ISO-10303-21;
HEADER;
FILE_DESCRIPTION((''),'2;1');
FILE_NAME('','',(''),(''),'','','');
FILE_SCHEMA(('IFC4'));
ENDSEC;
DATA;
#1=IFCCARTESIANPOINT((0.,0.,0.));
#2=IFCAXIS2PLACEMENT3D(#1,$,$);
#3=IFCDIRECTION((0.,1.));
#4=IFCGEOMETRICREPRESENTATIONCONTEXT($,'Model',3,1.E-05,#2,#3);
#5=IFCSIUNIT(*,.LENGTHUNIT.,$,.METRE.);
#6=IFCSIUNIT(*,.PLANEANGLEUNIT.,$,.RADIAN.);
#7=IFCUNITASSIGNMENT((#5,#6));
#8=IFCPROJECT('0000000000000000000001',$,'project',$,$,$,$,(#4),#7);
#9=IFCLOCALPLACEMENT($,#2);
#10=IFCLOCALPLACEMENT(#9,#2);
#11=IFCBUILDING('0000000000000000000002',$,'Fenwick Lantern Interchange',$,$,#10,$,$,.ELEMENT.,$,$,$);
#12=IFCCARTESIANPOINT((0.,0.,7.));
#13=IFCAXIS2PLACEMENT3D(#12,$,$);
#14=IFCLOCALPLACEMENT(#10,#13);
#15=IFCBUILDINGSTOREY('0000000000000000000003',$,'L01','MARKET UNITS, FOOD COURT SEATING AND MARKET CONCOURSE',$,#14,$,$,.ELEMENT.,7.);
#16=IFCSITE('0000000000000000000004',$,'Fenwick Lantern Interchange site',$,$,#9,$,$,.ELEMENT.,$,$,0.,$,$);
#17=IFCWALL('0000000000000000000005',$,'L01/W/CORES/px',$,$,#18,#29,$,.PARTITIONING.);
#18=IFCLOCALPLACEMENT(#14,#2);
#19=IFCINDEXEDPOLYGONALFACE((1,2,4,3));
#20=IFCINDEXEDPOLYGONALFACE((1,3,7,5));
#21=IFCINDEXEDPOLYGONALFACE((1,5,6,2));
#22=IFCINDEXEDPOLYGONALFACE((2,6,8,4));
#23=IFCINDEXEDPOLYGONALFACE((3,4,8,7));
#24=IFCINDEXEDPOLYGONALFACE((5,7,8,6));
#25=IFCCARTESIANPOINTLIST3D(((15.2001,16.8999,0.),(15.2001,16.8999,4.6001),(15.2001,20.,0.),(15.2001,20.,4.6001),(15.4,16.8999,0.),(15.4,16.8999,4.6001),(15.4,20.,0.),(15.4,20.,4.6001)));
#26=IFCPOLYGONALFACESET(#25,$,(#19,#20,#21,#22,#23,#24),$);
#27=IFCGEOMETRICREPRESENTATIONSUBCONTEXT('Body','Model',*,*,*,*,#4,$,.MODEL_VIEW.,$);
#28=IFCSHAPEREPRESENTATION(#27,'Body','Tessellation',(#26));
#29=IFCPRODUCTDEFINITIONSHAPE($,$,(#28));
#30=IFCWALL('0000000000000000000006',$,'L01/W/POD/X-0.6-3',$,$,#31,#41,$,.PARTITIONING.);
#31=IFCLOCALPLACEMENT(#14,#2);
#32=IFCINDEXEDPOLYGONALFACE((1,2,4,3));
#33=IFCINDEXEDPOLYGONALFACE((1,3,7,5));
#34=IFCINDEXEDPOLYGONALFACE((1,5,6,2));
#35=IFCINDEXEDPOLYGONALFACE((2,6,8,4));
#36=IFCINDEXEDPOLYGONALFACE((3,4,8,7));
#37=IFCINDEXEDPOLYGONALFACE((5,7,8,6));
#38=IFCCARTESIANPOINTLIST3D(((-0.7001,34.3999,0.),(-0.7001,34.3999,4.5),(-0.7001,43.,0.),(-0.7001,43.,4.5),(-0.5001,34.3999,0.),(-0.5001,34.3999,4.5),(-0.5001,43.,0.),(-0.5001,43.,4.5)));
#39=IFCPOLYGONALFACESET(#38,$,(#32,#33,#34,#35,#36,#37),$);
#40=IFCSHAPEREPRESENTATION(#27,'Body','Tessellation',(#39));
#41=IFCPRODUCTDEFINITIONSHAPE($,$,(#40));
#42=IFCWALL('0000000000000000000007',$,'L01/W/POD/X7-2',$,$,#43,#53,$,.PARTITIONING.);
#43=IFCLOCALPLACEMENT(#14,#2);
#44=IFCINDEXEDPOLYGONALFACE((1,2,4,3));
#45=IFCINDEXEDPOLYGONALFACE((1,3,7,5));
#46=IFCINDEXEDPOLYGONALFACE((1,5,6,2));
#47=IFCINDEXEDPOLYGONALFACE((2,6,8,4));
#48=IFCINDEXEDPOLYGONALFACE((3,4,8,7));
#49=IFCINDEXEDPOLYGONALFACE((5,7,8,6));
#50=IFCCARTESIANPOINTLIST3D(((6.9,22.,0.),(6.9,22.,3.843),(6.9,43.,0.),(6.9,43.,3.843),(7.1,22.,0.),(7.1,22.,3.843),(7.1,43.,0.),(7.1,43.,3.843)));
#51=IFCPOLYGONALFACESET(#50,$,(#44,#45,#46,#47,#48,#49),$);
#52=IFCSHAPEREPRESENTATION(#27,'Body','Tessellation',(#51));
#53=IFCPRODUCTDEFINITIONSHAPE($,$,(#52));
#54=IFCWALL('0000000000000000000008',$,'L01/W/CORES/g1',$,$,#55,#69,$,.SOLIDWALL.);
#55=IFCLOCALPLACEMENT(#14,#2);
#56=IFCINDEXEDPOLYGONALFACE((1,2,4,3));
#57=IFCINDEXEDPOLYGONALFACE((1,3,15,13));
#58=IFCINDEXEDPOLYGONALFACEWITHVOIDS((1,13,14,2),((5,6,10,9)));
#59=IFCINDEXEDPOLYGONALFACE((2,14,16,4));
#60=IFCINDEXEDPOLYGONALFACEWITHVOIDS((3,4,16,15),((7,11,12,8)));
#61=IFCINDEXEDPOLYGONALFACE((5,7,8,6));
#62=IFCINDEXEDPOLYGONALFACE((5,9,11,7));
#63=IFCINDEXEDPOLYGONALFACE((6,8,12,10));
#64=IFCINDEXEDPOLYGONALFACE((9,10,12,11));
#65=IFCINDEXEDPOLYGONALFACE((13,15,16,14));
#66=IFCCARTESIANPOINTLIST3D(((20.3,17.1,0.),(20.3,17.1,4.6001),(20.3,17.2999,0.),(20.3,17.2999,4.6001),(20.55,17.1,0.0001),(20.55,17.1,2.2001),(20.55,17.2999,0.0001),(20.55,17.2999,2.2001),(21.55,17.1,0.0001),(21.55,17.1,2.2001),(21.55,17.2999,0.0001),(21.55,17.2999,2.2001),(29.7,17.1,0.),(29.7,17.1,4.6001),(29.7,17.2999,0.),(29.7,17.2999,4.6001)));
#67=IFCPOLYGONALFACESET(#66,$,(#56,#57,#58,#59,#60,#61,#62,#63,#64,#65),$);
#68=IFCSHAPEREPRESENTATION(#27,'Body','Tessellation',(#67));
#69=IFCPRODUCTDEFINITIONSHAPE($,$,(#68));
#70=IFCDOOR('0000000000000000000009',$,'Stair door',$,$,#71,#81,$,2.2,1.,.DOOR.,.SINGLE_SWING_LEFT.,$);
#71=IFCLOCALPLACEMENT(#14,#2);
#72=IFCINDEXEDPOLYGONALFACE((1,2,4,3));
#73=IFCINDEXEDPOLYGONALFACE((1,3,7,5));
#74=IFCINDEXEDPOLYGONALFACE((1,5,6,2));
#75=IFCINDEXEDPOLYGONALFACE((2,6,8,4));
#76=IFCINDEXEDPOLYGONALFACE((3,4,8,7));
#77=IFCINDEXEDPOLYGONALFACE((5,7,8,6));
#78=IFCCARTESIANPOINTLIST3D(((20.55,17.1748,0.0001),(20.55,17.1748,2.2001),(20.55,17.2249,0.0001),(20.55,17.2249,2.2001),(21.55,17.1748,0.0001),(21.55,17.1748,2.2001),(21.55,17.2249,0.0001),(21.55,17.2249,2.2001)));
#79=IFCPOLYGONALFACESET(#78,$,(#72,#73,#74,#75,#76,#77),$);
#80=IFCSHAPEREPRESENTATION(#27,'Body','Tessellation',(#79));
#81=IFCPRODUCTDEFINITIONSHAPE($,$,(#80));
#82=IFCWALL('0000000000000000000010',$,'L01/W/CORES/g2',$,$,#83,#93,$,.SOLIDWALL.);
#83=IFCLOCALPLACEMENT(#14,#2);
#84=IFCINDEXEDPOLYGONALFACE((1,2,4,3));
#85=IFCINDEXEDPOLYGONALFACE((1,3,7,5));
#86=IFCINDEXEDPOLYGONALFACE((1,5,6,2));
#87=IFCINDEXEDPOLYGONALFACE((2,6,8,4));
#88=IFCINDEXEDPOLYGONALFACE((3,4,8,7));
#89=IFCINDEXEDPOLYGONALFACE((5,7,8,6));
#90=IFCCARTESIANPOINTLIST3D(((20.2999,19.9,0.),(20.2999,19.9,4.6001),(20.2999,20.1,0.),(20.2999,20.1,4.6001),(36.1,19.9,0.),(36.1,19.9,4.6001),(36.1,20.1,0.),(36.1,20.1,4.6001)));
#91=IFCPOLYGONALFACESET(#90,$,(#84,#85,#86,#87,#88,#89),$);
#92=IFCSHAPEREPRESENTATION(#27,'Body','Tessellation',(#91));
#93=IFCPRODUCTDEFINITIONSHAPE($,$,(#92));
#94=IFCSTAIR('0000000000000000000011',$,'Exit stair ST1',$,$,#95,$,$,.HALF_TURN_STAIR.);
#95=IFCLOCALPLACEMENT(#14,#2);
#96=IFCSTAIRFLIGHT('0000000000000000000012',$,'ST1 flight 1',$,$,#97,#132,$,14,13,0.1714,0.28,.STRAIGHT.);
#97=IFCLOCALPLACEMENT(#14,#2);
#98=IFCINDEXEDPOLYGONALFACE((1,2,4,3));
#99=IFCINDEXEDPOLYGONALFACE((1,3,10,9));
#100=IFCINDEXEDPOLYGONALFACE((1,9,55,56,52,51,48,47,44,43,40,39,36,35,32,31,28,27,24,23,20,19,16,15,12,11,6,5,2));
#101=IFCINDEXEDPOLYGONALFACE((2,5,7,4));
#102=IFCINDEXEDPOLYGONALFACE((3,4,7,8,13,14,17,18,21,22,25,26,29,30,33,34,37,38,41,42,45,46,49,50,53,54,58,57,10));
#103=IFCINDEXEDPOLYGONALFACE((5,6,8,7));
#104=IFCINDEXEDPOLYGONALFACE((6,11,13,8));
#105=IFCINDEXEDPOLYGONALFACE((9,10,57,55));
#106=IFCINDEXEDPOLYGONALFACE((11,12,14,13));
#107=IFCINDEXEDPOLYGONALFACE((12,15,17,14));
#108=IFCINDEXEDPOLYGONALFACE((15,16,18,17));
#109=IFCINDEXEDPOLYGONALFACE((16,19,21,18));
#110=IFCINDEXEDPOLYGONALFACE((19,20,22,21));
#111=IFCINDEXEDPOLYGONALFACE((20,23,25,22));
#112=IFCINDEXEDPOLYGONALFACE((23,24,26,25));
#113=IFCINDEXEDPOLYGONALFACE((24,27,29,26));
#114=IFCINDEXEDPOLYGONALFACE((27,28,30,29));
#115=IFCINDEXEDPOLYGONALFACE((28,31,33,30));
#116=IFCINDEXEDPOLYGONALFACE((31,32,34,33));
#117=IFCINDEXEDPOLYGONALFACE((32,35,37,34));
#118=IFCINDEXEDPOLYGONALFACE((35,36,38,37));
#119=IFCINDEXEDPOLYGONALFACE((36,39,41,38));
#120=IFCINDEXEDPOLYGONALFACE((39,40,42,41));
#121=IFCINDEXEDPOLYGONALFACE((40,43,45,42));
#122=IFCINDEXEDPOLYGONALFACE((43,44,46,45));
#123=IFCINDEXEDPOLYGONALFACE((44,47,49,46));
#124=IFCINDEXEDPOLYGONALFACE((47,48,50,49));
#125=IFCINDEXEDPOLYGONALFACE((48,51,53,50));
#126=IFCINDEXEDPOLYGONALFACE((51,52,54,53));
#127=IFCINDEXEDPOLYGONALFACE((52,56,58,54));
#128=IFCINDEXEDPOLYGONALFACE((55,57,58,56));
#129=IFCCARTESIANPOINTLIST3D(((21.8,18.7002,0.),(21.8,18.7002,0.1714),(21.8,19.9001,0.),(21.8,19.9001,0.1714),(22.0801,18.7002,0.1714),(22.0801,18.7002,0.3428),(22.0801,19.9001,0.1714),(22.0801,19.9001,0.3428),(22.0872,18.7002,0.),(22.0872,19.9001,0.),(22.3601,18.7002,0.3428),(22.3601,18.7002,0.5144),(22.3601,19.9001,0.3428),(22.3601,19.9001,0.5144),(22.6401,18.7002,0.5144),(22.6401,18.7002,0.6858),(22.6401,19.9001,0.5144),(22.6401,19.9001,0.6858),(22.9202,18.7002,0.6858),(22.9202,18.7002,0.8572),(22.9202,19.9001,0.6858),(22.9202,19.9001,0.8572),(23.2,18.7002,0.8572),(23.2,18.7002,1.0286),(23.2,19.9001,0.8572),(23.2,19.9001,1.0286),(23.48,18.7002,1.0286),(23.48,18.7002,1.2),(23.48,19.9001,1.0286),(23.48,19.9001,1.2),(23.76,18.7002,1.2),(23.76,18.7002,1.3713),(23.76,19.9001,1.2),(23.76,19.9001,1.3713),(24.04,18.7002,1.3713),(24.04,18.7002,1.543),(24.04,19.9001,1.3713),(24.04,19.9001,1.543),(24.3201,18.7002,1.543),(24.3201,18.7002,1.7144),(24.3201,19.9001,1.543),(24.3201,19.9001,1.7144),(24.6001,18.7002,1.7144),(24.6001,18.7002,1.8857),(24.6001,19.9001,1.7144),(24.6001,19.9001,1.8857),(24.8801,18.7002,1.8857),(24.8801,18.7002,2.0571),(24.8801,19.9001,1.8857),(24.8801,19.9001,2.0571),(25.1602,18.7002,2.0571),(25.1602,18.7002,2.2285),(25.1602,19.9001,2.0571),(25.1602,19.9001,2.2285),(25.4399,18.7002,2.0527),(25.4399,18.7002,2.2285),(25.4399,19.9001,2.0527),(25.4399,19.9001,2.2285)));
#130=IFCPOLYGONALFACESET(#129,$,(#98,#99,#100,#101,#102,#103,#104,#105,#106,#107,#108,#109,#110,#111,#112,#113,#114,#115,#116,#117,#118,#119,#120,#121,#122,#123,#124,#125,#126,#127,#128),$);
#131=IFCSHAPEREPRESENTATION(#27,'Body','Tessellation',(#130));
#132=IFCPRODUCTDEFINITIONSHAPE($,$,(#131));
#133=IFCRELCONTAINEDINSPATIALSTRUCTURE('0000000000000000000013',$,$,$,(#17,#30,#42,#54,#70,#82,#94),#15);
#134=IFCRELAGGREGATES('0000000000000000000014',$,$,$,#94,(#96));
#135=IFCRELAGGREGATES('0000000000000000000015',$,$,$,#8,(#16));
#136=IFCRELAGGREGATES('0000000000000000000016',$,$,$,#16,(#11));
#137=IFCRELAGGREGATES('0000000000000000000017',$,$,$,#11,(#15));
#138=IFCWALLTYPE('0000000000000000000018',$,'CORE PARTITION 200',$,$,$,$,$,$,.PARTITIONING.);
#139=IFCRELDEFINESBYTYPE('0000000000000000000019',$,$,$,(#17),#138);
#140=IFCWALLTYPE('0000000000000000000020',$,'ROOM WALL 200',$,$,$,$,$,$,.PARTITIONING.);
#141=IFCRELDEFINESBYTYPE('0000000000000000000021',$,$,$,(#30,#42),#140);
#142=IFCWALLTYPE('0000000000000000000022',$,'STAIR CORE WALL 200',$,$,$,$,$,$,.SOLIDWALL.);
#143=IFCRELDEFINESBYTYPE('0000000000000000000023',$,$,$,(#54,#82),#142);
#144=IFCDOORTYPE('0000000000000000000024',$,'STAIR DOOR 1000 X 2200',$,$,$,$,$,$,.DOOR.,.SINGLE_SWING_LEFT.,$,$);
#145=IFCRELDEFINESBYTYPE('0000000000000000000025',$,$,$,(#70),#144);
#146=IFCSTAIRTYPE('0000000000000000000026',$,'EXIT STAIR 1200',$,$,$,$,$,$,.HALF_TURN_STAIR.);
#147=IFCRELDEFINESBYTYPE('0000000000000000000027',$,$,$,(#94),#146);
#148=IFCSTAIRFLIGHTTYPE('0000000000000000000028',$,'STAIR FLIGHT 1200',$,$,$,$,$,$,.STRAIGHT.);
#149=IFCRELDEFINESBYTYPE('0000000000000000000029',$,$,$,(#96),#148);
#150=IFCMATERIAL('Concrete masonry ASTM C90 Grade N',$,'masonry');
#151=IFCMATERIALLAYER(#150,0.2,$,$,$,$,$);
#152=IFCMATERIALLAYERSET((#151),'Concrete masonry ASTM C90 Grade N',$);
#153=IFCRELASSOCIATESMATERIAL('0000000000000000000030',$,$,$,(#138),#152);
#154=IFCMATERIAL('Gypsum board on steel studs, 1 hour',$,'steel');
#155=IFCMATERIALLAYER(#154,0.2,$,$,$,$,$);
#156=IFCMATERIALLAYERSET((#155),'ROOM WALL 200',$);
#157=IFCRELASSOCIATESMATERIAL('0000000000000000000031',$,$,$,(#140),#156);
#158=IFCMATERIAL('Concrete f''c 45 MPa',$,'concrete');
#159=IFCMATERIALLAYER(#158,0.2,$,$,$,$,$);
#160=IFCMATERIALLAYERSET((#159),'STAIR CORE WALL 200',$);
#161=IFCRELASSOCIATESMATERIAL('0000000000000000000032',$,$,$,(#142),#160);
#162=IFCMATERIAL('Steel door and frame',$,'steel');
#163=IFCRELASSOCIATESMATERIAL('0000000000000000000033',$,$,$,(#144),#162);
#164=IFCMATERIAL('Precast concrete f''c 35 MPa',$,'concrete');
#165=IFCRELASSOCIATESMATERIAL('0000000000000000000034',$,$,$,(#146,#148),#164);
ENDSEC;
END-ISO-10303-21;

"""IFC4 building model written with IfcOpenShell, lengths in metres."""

from ifc_helpers import new_model, si_unit, direction, frame, frame_2d, origin, place, context, subcontext, project, spatial, polyline, rectangle, outline, extrude, material, layer, layer_set, type_object, element, fill, aggregate, save


model = new_model("IFC4")

# Units and contexts
model_context = context("Model", 3, precision=1e-05, world=origin(), true_north=direction((0.0, 1.0)))
body_context = subcontext(model_context, "Body", "Model", "MODEL_VIEW")
ifc_project = project(units=[si_unit("LENGTHUNIT", "METRE"), si_unit("PLANEANGLEUNIT", "RADIAN")], contexts=[model_context])

# Site, building, storey
site_placement = place(None, origin())
site = spatial("IfcSite", under=ifc_project, at=site_placement, Name="Fenwick Lantern Interchange site", CompositionType="ELEMENT", RefElevation=0.0)
building_placement = place(site_placement, origin())
building = spatial("IfcBuilding", under=site, at=building_placement, Name="Fenwick Lantern Interchange", CompositionType="ELEMENT")
storey_placement = place(building_placement, frame((0.0, 0.0, 7.0)))
storey = spatial("IfcBuildingStorey", under=building, at=storey_placement, Name="L01", Description="MARKET UNITS, FOOD COURT SEATING AND MARKET CONCOURSE", CompositionType="ELEMENT", Elevation=7.0)

# Wall
ifc_material_1 = material(Name="Concrete masonry ASTM C90 Grade N", Category="masonry")
ifc_layer_1 = layer(ifc_material_1, 0.2)
ifc_layer_set_1 = layer_set([ifc_layer_1], Name="Concrete masonry ASTM C90 Grade N")
wall_type_1 = type_object("IfcWallType", Name="CORE PARTITION 200", PredefinedType="PARTITIONING", material=ifc_layer_set_1)
wall_1_placement = place(storey_placement, frame((15.3, 16.8999, 0.0), z_axis=(0.0, 0.0, 1.0), x_axis=(0.0, 1.0, 0.0)))
element("IfcWall", 1, at=wall_1_placement, inside=storey, type_object=wall_type_1, Name="L01/W/CORES/px", PredefinedType="PARTITIONING", context=body_context, shape_type="SweptSolid", body=[
    extrude(rectangle(XDim=3.1001, YDim=0.2, at=frame_2d((1.55, 0.0))), origin(), (0.0, 0.0, 1.0), 4.6001),
])

# Shared definitions
ifc_material_2 = material(Name="Steel door and frame", Category="steel")

# Walls
ifc_material_3 = material(Name="Gypsum board on steel studs, 1 hour", Category="steel")
ifc_layer_2 = layer(ifc_material_3, 0.2)
ifc_layer_set_2 = layer_set([ifc_layer_2], Name="ROOM WALL 200")
wall_type_2 = type_object("IfcWallType", Name="ROOM WALL 200", PredefinedType="PARTITIONING", material=ifc_layer_set_2)
wall_2_placement = place(storey_placement, frame((-0.6001, 34.3999, 0.0), z_axis=(0.0, 0.0, 1.0), x_axis=(0.0, 1.0, 0.0)))
element("IfcWall", 2, at=wall_2_placement, inside=storey, type_object=wall_type_2, Name="L01/W/POD/X-0.6-3", PredefinedType="PARTITIONING", context=body_context, shape_type="SweptSolid", body=[
    extrude(rectangle(XDim=8.6001, YDim=0.2, at=frame_2d((4.3, 0.0))), origin(), (0.0, 0.0, 1.0), 4.5),
])
wall_3_placement = place(storey_placement, frame((7.0, 22.0, 0.0), z_axis=(0.0, 0.0, 1.0), x_axis=(0.0, 1.0, 0.0)))
element("IfcWall", 3, at=wall_3_placement, inside=storey, type_object=wall_type_2, Name="L01/W/POD/X7-2", PredefinedType="PARTITIONING", context=body_context, shape_type="SweptSolid", body=[
    extrude(rectangle(XDim=21.0, YDim=0.2, at=frame_2d((10.5, 0.0))), origin(), (0.0, 0.0, 1.0), 3.843),
])

# Wall, opening, door
ifc_material_4 = material(Name="Concrete f'c 45 MPa", Category="concrete")
ifc_layer_3 = layer(ifc_material_4, 0.2)
ifc_layer_set_3 = layer_set([ifc_layer_3], Name="STAIR CORE WALL 200")
wall_type_3 = type_object("IfcWallType", Name="STAIR CORE WALL 200", PredefinedType="SOLIDWALL", material=ifc_layer_set_3)
wall_4_placement = place(storey_placement, frame((20.3, 17.2, 0.0), z_axis=(0.0, 0.0, 1.0), x_axis=(1.0, 0.0, 0.0)))
wall_4 = element("IfcWall", 4, at=wall_4_placement, inside=storey, type_object=wall_type_3, Name="L01/W/CORES/g1", PredefinedType="SOLIDWALL", context=body_context, shape_type="SweptSolid", body=[
    extrude(rectangle(XDim=9.3999, YDim=0.2, at=frame_2d((4.7, 0.0))), origin(), (0.0, 0.0, 1.0), 4.6001),
])
opening_1_placement = place(wall_4_placement, frame((0.25, 0.0, 0.0)))
opening_1 = element("IfcOpeningElement", 5, at=opening_1_placement, cuts=wall_4, PredefinedType="OPENING", context=body_context, shape_type="SweptSolid", body=[
    extrude(rectangle(XDim=1.0, YDim=2.2, at=frame_2d((0.5, 1.1001))), frame((0.0, 0.1099, 0.0), z_axis=(0.0, -1.0, 0.0), x_axis=(1.0, 0.0, 0.0)), (0.0, 0.0, 1.0), 0.22),
])
door_type_1 = type_object("IfcDoorType", Name="STAIR DOOR 1000 X 2200", OperationType="SINGLE_SWING_LEFT", PredefinedType="DOOR", material=ifc_material_2)
door_1_placement = place(opening_1_placement, origin())
door_1 = element("IfcDoor", 6, at=door_1_placement, inside=storey, type_object=door_type_1, Name="Stair door", OperationType="SINGLE_SWING_LEFT", OverallHeight=2.2, OverallWidth=1.0, PredefinedType="DOOR", context=body_context, shape_type="SweptSolid", body=[
    extrude(rectangle(XDim=1.0, YDim=2.2, at=frame_2d((0.5, 1.1001))), frame((0.0, 0.0249, 0.0), z_axis=(0.0, -1.0, 0.0), x_axis=(1.0, 0.0, 0.0)), (0.0, 0.0, 1.0), 0.05),
])
fill(opening_1, door_1)

# Wall
wall_5_placement = place(storey_placement, frame((20.3, 20.0, 0.0), z_axis=(0.0, 0.0, 1.0), x_axis=(1.0, 0.0, 0.0)))
element("IfcWall", 7, at=wall_5_placement, inside=storey, type_object=wall_type_3, Name="L01/W/CORES/g2", PredefinedType="SOLIDWALL", context=body_context, shape_type="SweptSolid", body=[
    extrude(rectangle(XDim=15.8, YDim=0.2, at=frame_2d((7.8999, 0.0))), origin(), (0.0, 0.0, 1.0), 4.6001),
])

# Stair, stair flight
ifc_material_5 = material(Name="Precast concrete f'c 35 MPa", Category="concrete")
stair_type = type_object("IfcStairType", Name="EXIT STAIR 1200", PredefinedType="HALF_TURN_STAIR", material=ifc_material_5)
stair_placement = place(storey_placement, origin())
stair = element("IfcStair", 8, at=stair_placement, inside=storey, type_object=stair_type, Name="Exit stair ST1", PredefinedType="HALF_TURN_STAIR")
stair_flight_type = type_object("IfcStairFlightType", Name="STAIR FLIGHT 1200", PredefinedType="STRAIGHT", material=ifc_material_5)
stair_flight_placement = place(storey_placement, frame((21.8, 19.3, 0.0), z_axis=(0.0, 0.0, 1.0), x_axis=(1.0, 0.0, 0.0)))
stair_flight = element("IfcStairFlight", 9, at=stair_flight_placement, type_object=stair_flight_type, Name="ST1 flight 1", NumberOfRisers=14, NumberOfTreads=13, PredefinedType="STRAIGHT", RiserHeight=0.1714, TreadLength=0.28, context=body_context, shape_type="SweptSolid", body=[
    extrude(outline(polyline([(0.0, 0.0), (0.0, 0.1714), (0.28, 0.1714), (0.28, 0.3428), (0.5601, 0.3428), (0.5601, 0.5144), (0.8401, 0.5144), (0.8401, 0.6858), (1.1201, 0.6858), (1.1201, 0.8572), (1.3999, 0.8572), (1.3999, 1.0286), (1.6799, 1.0286), (1.6799, 1.2), (1.96, 1.2), (1.96, 1.3713), (2.24, 1.3713), (2.24, 1.543), (2.52, 1.543), (2.52, 1.7144), (2.8, 1.7144), (2.8, 1.8857), (3.0801, 1.8857), (3.0801, 2.0571), (3.3601, 2.0571), (3.3601, 2.2285), (3.6399, 2.2285), (3.6399, 2.3999), (3.6399, 2.0527), (0.2871, 0.0), (0.0, 0.0)])), frame((0.0, 0.6001, 0.0), z_axis=(0.0, -1.0, 0.0), x_axis=(1.0, 0.0, 0.0)), (0.0, 0.0, 1.0), 1.2),
])
aggregate(stair, [stair_flight])

save(model, "model.ifc")
